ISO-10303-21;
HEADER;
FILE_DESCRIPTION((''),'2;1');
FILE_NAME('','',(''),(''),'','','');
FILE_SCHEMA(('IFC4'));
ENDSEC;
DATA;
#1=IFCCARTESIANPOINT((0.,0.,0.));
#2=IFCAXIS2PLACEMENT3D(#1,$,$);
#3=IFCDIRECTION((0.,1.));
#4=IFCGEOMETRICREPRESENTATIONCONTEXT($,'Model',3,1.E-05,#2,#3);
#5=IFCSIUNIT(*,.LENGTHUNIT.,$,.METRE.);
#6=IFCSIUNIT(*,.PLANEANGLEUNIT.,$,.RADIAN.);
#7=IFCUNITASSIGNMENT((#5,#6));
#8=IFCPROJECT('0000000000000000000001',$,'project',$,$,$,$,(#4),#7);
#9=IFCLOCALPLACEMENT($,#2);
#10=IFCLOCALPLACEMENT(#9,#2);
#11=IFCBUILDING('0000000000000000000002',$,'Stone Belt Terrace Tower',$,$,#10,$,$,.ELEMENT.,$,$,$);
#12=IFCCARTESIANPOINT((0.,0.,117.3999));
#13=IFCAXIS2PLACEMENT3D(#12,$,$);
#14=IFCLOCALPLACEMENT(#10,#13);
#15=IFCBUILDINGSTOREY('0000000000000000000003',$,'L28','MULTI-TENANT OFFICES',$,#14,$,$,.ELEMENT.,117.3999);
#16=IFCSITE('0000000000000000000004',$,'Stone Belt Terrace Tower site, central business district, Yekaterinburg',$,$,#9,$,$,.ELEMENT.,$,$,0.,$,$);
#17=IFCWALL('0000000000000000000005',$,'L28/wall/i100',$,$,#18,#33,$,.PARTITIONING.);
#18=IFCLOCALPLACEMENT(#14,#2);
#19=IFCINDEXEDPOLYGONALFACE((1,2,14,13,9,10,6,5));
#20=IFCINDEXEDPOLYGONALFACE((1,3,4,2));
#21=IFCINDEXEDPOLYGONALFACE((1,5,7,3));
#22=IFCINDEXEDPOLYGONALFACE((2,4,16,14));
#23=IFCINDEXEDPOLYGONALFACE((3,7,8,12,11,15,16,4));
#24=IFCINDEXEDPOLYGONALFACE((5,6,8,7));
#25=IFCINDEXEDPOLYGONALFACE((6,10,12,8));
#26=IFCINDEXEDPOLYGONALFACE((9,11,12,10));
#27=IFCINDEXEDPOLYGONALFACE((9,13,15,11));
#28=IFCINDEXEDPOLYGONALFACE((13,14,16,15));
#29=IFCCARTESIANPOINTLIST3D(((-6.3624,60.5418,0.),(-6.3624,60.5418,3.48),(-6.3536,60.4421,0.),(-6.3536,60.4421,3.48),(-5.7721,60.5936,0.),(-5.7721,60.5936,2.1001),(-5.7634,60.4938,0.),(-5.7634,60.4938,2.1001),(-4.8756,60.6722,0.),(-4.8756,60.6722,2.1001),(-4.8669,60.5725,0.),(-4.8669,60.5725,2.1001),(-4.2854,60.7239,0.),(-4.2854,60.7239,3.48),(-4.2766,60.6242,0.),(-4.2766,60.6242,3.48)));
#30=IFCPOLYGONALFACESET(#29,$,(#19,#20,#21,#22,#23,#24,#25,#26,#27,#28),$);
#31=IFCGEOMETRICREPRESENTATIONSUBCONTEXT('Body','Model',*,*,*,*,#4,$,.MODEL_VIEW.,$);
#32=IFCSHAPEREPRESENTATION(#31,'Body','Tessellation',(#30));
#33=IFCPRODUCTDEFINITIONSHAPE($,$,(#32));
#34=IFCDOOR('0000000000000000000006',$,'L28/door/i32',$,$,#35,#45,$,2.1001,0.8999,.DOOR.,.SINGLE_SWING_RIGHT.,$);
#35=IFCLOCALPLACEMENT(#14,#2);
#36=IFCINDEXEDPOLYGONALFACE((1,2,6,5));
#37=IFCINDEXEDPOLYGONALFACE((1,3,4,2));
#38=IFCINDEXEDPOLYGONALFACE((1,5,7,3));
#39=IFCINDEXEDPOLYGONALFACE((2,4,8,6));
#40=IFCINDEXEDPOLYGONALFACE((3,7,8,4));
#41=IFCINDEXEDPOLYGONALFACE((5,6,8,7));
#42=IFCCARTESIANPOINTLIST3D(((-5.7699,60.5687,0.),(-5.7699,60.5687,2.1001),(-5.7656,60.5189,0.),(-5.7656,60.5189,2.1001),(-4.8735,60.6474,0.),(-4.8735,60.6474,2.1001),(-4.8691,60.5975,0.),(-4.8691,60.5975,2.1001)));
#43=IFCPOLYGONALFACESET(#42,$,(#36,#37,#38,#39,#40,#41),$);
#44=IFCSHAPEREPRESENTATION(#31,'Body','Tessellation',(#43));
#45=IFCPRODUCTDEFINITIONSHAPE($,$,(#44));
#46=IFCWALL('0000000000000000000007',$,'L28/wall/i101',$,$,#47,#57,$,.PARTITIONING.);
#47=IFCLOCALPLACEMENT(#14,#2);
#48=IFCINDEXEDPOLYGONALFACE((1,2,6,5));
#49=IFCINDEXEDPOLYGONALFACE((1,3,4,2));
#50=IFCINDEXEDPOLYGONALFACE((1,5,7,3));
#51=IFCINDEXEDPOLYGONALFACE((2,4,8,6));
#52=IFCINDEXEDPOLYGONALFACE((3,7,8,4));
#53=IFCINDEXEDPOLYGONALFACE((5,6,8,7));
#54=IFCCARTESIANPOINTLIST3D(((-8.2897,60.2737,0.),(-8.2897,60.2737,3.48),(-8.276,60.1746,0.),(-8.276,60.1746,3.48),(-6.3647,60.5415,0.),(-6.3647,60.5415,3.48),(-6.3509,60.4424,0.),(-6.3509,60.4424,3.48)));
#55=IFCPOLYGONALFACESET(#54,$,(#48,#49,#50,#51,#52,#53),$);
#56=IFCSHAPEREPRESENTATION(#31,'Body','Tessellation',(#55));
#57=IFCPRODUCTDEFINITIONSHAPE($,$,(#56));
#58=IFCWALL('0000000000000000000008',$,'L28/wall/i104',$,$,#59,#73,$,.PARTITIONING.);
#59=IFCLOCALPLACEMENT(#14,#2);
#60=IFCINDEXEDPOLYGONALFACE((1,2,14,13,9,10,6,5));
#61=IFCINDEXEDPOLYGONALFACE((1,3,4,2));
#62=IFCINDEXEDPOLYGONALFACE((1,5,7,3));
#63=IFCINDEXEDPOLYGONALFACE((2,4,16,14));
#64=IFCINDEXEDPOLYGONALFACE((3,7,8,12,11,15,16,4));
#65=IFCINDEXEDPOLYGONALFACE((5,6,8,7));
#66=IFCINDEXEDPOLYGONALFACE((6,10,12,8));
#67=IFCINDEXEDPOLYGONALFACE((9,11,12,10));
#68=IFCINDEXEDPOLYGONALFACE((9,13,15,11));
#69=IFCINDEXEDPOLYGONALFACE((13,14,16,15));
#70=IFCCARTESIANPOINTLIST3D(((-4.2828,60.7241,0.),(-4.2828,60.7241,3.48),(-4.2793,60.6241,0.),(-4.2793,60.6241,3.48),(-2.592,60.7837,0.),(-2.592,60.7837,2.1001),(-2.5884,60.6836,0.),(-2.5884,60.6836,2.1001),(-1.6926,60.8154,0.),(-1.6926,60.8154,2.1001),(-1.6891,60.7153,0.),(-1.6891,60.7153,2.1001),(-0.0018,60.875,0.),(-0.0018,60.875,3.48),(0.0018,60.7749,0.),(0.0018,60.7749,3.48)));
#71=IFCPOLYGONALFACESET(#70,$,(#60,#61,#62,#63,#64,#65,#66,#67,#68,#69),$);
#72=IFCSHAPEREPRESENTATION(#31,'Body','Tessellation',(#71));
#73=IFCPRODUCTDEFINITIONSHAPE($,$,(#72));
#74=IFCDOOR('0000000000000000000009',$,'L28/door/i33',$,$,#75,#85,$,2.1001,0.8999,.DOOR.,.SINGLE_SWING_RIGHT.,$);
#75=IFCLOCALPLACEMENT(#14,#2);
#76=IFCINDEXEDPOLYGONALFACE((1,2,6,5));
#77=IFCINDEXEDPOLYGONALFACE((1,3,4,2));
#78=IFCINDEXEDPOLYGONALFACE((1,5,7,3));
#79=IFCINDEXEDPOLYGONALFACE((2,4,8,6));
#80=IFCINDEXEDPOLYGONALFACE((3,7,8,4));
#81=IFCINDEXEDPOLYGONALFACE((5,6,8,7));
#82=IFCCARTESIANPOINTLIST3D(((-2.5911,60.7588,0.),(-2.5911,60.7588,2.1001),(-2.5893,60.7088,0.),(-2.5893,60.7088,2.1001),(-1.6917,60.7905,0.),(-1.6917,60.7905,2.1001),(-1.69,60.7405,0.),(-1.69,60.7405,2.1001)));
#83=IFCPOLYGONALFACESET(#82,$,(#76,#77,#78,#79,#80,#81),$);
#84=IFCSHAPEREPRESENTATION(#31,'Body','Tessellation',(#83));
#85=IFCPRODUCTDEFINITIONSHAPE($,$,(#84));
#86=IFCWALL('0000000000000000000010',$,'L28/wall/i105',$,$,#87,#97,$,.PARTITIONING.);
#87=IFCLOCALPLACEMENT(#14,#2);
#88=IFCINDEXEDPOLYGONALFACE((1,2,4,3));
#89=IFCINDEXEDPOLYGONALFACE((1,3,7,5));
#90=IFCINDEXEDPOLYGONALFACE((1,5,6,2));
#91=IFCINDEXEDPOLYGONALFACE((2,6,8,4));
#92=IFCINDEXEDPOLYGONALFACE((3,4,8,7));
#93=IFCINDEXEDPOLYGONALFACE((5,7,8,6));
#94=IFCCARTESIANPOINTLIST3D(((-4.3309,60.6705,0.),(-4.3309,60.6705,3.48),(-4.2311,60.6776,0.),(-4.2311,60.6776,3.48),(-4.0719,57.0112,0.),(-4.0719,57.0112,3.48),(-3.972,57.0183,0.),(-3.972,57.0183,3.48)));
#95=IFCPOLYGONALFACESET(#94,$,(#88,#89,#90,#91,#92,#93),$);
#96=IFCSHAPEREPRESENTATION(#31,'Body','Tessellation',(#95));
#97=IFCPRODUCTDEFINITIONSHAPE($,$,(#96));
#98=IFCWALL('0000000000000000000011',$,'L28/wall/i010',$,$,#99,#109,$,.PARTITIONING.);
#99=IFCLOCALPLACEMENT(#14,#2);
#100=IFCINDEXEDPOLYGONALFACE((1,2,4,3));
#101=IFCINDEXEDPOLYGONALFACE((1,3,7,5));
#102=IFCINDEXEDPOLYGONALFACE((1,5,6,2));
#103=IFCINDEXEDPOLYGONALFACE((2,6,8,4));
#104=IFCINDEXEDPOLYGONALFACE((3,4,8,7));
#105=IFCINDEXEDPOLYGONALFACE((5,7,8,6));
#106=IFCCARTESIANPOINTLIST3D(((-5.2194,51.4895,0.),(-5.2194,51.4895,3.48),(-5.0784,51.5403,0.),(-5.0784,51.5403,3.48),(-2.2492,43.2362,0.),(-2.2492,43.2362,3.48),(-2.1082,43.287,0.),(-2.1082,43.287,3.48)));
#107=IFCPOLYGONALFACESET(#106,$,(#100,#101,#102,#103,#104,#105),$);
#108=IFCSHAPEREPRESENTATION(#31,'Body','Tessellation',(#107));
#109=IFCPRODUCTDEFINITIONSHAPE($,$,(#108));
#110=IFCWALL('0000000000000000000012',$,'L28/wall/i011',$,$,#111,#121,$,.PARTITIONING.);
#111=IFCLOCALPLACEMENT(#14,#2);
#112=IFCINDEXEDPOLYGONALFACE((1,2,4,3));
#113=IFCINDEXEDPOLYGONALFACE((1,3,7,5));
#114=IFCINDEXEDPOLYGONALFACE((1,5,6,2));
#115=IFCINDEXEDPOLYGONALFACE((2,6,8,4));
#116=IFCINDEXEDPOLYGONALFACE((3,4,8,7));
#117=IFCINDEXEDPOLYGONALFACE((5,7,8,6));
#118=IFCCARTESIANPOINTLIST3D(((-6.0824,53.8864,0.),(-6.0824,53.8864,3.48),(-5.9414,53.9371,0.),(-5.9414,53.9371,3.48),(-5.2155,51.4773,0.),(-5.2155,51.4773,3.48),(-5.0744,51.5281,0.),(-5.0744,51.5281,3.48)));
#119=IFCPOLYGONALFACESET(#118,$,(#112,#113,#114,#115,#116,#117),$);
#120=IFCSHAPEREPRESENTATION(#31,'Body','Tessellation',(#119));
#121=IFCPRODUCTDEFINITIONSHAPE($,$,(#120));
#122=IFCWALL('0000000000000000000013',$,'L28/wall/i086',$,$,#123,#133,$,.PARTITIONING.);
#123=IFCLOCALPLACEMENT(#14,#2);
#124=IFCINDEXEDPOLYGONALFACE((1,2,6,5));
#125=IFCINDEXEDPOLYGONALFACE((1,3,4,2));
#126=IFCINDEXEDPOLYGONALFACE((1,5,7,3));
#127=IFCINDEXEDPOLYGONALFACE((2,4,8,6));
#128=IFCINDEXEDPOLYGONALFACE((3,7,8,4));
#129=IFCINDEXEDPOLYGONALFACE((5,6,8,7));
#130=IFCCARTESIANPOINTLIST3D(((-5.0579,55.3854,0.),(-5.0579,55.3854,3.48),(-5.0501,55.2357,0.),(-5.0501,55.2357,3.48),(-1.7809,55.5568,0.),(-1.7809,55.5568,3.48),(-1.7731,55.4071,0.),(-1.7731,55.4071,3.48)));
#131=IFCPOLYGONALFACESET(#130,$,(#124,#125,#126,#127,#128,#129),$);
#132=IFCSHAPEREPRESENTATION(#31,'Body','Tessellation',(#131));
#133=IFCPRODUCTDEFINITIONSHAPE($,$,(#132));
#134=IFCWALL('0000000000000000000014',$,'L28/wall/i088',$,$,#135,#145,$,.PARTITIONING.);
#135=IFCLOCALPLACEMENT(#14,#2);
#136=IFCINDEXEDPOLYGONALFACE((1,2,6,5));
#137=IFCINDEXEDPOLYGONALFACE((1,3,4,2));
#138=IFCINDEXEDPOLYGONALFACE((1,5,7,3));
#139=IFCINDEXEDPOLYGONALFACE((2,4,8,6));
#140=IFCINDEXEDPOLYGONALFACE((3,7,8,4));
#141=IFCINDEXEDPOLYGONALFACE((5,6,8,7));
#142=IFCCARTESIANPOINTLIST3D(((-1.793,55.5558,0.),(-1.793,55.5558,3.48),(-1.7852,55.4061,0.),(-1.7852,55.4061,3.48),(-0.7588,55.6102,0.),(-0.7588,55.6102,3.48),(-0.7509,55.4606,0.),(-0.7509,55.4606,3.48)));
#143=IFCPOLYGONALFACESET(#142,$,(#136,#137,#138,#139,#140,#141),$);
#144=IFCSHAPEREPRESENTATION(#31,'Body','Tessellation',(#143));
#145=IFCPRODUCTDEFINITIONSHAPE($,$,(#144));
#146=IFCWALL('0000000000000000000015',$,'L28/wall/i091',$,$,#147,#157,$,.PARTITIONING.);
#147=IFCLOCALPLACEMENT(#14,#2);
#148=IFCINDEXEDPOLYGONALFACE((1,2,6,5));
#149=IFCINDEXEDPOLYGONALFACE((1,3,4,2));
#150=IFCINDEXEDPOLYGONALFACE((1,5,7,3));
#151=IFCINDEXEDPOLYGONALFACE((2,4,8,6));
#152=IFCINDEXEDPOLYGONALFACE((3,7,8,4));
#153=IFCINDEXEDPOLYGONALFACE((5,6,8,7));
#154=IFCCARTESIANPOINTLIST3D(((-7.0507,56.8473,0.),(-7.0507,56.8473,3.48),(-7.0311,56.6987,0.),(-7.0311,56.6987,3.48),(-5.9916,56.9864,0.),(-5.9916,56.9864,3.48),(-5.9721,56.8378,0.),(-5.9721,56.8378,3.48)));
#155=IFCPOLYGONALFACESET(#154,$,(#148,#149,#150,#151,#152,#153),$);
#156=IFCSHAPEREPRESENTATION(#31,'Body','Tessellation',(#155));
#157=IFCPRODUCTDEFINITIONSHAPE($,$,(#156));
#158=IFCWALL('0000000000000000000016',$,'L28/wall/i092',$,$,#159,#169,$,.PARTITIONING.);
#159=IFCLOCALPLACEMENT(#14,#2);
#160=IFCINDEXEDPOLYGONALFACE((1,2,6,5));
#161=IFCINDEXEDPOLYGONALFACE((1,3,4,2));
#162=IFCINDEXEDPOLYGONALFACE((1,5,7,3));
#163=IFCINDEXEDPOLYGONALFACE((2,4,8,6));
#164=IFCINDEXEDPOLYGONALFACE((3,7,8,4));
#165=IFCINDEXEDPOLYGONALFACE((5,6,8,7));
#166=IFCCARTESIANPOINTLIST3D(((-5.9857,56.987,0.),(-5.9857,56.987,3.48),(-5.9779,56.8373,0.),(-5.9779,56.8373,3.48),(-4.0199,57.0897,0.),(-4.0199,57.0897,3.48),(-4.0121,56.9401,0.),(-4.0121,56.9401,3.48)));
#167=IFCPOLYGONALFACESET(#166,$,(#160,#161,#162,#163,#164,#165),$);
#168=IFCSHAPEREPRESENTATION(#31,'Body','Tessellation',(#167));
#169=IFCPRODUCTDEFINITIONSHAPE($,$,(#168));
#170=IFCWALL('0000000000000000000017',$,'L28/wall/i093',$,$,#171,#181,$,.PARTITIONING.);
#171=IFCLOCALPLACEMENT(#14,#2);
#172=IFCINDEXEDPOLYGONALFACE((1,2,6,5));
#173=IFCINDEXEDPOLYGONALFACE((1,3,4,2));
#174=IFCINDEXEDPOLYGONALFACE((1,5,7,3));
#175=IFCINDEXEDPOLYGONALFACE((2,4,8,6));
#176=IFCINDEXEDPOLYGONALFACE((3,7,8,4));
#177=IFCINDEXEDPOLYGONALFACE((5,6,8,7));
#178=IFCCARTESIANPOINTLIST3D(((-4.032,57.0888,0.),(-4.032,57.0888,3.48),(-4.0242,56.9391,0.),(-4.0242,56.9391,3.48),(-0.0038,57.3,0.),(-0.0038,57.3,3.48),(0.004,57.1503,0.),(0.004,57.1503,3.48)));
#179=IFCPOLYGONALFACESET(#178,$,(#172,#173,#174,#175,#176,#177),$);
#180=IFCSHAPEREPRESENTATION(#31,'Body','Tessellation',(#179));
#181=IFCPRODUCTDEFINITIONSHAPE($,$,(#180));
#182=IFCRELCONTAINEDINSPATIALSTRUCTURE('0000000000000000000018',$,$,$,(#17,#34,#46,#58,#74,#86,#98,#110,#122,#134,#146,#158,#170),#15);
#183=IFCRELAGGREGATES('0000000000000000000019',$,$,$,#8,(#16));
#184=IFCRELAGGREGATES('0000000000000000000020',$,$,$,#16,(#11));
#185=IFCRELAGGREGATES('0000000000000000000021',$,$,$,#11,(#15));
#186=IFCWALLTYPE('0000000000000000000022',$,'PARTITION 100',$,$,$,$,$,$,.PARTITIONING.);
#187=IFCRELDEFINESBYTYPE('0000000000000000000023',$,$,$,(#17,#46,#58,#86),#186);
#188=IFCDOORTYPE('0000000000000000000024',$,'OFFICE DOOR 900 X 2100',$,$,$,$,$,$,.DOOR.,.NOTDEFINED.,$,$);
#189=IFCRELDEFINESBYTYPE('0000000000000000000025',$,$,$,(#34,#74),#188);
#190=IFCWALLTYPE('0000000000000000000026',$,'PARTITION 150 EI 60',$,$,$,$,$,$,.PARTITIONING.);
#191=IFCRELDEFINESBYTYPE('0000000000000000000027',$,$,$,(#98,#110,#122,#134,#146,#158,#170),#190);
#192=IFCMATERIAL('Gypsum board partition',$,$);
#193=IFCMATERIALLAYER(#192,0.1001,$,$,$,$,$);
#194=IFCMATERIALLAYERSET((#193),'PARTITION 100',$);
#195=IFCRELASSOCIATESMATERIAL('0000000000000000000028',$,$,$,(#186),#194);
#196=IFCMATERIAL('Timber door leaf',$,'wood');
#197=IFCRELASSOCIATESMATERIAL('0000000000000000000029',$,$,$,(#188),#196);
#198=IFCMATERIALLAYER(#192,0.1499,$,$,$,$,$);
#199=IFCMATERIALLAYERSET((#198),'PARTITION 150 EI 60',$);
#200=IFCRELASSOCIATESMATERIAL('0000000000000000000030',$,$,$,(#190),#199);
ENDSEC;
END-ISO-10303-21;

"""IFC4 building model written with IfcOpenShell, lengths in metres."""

from ifc_helpers import new_model, si_unit, direction, frame, frame_2d, origin, place, context, subcontext, project, spatial, rectangle, extrude, material, layer, layer_set, type_object, element, fill, save


model = new_model("IFC4")

# Units and contexts
model_context = context("Model", 3, precision=1e-05, world=origin(), true_north=direction((0.0, 1.0)))
body_context = subcontext(model_context, "Body", "Model", "MODEL_VIEW")
ifc_project = project(units=[si_unit("LENGTHUNIT", "METRE"), si_unit("PLANEANGLEUNIT", "RADIAN")], contexts=[model_context])

# Site, building, storey
site_placement = place(None, origin())
site = spatial("IfcSite", under=ifc_project, at=site_placement, Name="Stone Belt Terrace Tower site, central business district, Yekaterinburg", CompositionType="ELEMENT", RefElevation=0.0)
building_placement = place(site_placement, origin())
building = spatial("IfcBuilding", under=site, at=building_placement, Name="Stone Belt Terrace Tower", CompositionType="ELEMENT")
storey_placement = place(building_placement, frame((0.0, 0.0, 117.3999)))
storey = spatial("IfcBuildingStorey", under=building, at=storey_placement, Name="L28", Description="MULTI-TENANT OFFICES", CompositionType="ELEMENT", Elevation=117.3999)

# Shared definitions
ifc_material_1 = material(Name="Gypsum board partition")
ifc_layer_1 = layer(ifc_material_1, 0.1001)
ifc_layer_set_1 = layer_set([ifc_layer_1], Name="PARTITION 100")
wall_type_1 = type_object("IfcWallType", Name="PARTITION 100", PredefinedType="PARTITIONING", material=ifc_layer_set_1)
ifc_material_2 = material(Name="Timber door leaf", Category="wood")
door_type = type_object("IfcDoorType", Name="OFFICE DOOR 900 X 2100", OperationType="NOTDEFINED", PredefinedType="DOOR", material=ifc_material_2)

# Wall, opening, door
wall_1_placement = place(storey_placement, frame((-4.281, 60.6741, 0.0), z_axis=(0.0, 0.0, 1.0), x_axis=(-0.996177, -0.087357, 0.0)))
wall_1 = element("IfcWall", 1, at=wall_1_placement, inside=storey, type_object=wall_type_1, Name="L28/wall/i100", PredefinedType="PARTITIONING", context=body_context, shape_type="SweptSolid", body=[
    extrude(rectangle(XDim=2.085, YDim=0.1001, at=frame_2d((1.0425, 0.0))), origin(), (0.0, 0.0, 1.0), 3.48),
])
opening_1_placement = place(wall_1_placement, frame((0.5925, 0.0, 0.0)))
opening_1 = element("IfcOpeningElement", 2, at=opening_1_placement, cuts=wall_1, PredefinedType="OPENING", context=body_context, shape_type="SweptSolid", body=[
    extrude(rectangle(XDim=0.8999, YDim=2.1001, at=frame_2d((0.45, 1.05))), frame((0.0, 0.0601, 0.0), z_axis=(0.0, -1.0, 0.0), x_axis=(1.0, 0.0, 0.0)), (0.0, 0.0, 1.0), 0.1201),
])
door_1_placement = place(opening_1_placement, origin())
door_1 = element("IfcDoor", 3, at=door_1_placement, inside=storey, type_object=door_type, Name="L28/door/i32", OperationType="SINGLE_SWING_RIGHT", OverallHeight=2.1001, OverallWidth=0.8999, PredefinedType="DOOR", context=body_context, shape_type="SweptSolid", body=[
    extrude(rectangle(XDim=0.8999, YDim=2.1001, at=frame_2d((0.45, 1.05))), frame((0.0, 0.0249, 0.0), z_axis=(0.0, -1.0, 0.0), x_axis=(1.0, 0.0, 0.0)), (0.0, 0.0, 1.0), 0.05),
])
fill(opening_1, door_1)

# Wall
wall_2_placement = place(storey_placement, frame((-6.3579, 60.4919, 0.0), z_axis=(0.0, 0.0, 1.0), x_axis=(-0.99046, -0.137798, 0.0)))
element("IfcWall", 4, at=wall_2_placement, inside=storey, type_object=wall_type_1, Name="L28/wall/i101", PredefinedType="PARTITIONING", context=body_context, shape_type="SweptSolid", body=[
    extrude(rectangle(XDim=1.9436, YDim=0.1001, at=frame_2d((0.9717, 0.0))), origin(), (0.0, 0.0, 1.0), 3.48),
])

# Wall, opening, door
wall_3_placement = place(storey_placement, frame((0.0, 60.825, 0.0), z_axis=(0.0, 0.0, 1.0), x_axis=(-0.99938, -0.035222, 0.0)))
wall_3 = element("IfcWall", 5, at=wall_3_placement, inside=storey, type_object=wall_type_1, Name="L28/wall/i104", PredefinedType="PARTITIONING", context=body_context, shape_type="SweptSolid", body=[
    extrude(rectangle(XDim=4.2837, YDim=0.1001, at=frame_2d((2.1418, 0.0))), origin(), (0.0, 0.0, 1.0), 3.48),
])
opening_2_placement = place(wall_3_placement, frame((1.6919, 0.0, 0.0)))
opening_2 = element("IfcOpeningElement", 6, at=opening_2_placement, cuts=wall_3, PredefinedType="OPENING", context=body_context, shape_type="SweptSolid", body=[
    extrude(rectangle(XDim=0.8999, YDim=2.1001, at=frame_2d((0.45, 1.05))), frame((0.0, 0.0601, 0.0), z_axis=(0.0, -1.0, 0.0), x_axis=(1.0, 0.0, 0.0)), (0.0, 0.0, 1.0), 0.1201),
])
door_2_placement = place(opening_2_placement, origin())
door_2 = element("IfcDoor", 7, at=door_2_placement, inside=storey, type_object=door_type, Name="L28/door/i33", OperationType="SINGLE_SWING_RIGHT", OverallHeight=2.1001, OverallWidth=0.8999, PredefinedType="DOOR", context=body_context, shape_type="SweptSolid", body=[
    extrude(rectangle(XDim=0.8999, YDim=2.1001, at=frame_2d((0.45, 1.05))), frame((0.0, 0.0249, 0.0), z_axis=(0.0, -1.0, 0.0), x_axis=(1.0, 0.0, 0.0)), (0.0, 0.0, 1.0), 0.05),
])
fill(opening_2, door_2)

# Walls
wall_4_placement = place(storey_placement, frame((-4.281, 60.6741, 0.0), z_axis=(0.0, 0.0, 1.0), x_axis=(0.070613, -0.997504, 0.0)))
element("IfcWall", 8, at=wall_4_placement, inside=storey, type_object=wall_type_1, Name="L28/wall/i105", PredefinedType="PARTITIONING", context=body_context, shape_type="SweptSolid", body=[
    extrude(rectangle(XDim=3.6685, YDim=0.1001, at=frame_2d((1.8342, 0.0))), origin(), (0.0, 0.0, 1.0), 3.48),
])
ifc_layer_2 = layer(ifc_material_1, 0.1499)
ifc_layer_set_2 = layer_set([ifc_layer_2], Name="PARTITION 150 EI 60")
wall_type_2 = type_object("IfcWallType", Name="PARTITION 150 EI 60", PredefinedType="PARTITIONING", material=ifc_layer_set_2)
wall_5_placement = place(storey_placement, frame((-5.1489, 51.5149, 0.0), z_axis=(0.0, 0.0, 1.0), x_axis=(0.338626, -0.940921, 0.0)))
element("IfcWall", 9, at=wall_5_placement, inside=storey, type_object=wall_type_2, Name="L28/wall/i010", PredefinedType="PARTITIONING", context=body_context, shape_type="SweptSolid", body=[
    extrude(rectangle(XDim=8.7715, YDim=0.1499, at=frame_2d((4.3857, 0.0))), origin(), (0.0, 0.0, 1.0), 3.48),
])
wall_6_placement = place(storey_placement, frame((-6.012, 53.9119, 0.0), z_axis=(0.0, 0.0, 1.0), x_axis=(0.338625, -0.940921, 0.0)))
element("IfcWall", 10, at=wall_6_placement, inside=storey, type_object=wall_type_2, Name="L28/wall/i011", PredefinedType="PARTITIONING", context=body_context, shape_type="SweptSolid", body=[
    extrude(rectangle(XDim=2.5603, YDim=0.1499, at=frame_2d((1.2803, 0.0))), origin(), (0.0, 0.0, 1.0), 3.48),
])
wall_7_placement = place(storey_placement, frame((-1.7771, 55.4819, 0.0), z_axis=(0.0, 0.0, 1.0), x_axis=(-0.998635, -0.052227, 0.0)))
element("IfcWall", 11, at=wall_7_placement, inside=storey, type_object=wall_type_2, Name="L28/wall/i086", PredefinedType="PARTITIONING", context=body_context, shape_type="SweptSolid", body=[
    extrude(rectangle(XDim=3.2815, YDim=0.1499, at=frame_2d((1.6406, 0.0))), origin(), (0.0, 0.0, 1.0), 3.48),
])
wall_8_placement = place(storey_placement, frame((-0.7549, 55.5354, 0.0), z_axis=(0.0, 0.0, 1.0), x_axis=(-0.998617, -0.052571, 0.0)))
element("IfcWall", 12, at=wall_8_placement, inside=storey, type_object=wall_type_2, Name="L28/wall/i088", PredefinedType="PARTITIONING", context=body_context, shape_type="SweptSolid", body=[
    extrude(rectangle(XDim=1.0356, YDim=0.1499, at=frame_2d((0.5178, 0.0))), origin(), (0.0, 0.0, 1.0), 3.48),
])
wall_9_placement = place(storey_placement, frame((-7.041, 56.7729, 0.0), z_axis=(0.0, 0.0, 1.0), x_axis=(0.991478, 0.130277, 0.0)))
element("IfcWall", 13, at=wall_9_placement, inside=storey, type_object=wall_type_2, Name="L28/wall/i091", PredefinedType="PARTITIONING", context=body_context, shape_type="SweptSolid", body=[
    extrude(rectangle(XDim=1.0681, YDim=0.1499, at=frame_2d((0.5342, 0.0))), origin(), (0.0, 0.0, 1.0), 3.48),
])
wall_10_placement = place(storey_placement, frame((-5.9819, 56.9121, 0.0), z_axis=(0.0, 0.0, 1.0), x_axis=(0.998636, 0.052214, 0.0)))
element("IfcWall", 14, at=wall_10_placement, inside=storey, type_object=wall_type_2, Name="L28/wall/i092", PredefinedType="PARTITIONING", context=body_context, shape_type="SweptSolid", body=[
    extrude(rectangle(XDim=1.9685, YDim=0.1499, at=frame_2d((0.9844, 0.0))), origin(), (0.0, 0.0, 1.0), 3.48),
])
wall_11_placement = place(storey_placement, frame((-4.0281, 57.0139, 0.0), z_axis=(0.0, 0.0, 1.0), x_axis=(0.998629, 0.052356, 0.0)))
element("IfcWall", 15, at=wall_11_placement, inside=storey, type_object=wall_type_2, Name="L28/wall/i093", PredefinedType="PARTITIONING", context=body_context, shape_type="SweptSolid", body=[
    extrude(rectangle(XDim=4.0337, YDim=0.1499, at=frame_2d((2.0168, 0.0))), origin(), (0.0, 0.0, 1.0), 3.48),
])

save(model, "model.ifc")
